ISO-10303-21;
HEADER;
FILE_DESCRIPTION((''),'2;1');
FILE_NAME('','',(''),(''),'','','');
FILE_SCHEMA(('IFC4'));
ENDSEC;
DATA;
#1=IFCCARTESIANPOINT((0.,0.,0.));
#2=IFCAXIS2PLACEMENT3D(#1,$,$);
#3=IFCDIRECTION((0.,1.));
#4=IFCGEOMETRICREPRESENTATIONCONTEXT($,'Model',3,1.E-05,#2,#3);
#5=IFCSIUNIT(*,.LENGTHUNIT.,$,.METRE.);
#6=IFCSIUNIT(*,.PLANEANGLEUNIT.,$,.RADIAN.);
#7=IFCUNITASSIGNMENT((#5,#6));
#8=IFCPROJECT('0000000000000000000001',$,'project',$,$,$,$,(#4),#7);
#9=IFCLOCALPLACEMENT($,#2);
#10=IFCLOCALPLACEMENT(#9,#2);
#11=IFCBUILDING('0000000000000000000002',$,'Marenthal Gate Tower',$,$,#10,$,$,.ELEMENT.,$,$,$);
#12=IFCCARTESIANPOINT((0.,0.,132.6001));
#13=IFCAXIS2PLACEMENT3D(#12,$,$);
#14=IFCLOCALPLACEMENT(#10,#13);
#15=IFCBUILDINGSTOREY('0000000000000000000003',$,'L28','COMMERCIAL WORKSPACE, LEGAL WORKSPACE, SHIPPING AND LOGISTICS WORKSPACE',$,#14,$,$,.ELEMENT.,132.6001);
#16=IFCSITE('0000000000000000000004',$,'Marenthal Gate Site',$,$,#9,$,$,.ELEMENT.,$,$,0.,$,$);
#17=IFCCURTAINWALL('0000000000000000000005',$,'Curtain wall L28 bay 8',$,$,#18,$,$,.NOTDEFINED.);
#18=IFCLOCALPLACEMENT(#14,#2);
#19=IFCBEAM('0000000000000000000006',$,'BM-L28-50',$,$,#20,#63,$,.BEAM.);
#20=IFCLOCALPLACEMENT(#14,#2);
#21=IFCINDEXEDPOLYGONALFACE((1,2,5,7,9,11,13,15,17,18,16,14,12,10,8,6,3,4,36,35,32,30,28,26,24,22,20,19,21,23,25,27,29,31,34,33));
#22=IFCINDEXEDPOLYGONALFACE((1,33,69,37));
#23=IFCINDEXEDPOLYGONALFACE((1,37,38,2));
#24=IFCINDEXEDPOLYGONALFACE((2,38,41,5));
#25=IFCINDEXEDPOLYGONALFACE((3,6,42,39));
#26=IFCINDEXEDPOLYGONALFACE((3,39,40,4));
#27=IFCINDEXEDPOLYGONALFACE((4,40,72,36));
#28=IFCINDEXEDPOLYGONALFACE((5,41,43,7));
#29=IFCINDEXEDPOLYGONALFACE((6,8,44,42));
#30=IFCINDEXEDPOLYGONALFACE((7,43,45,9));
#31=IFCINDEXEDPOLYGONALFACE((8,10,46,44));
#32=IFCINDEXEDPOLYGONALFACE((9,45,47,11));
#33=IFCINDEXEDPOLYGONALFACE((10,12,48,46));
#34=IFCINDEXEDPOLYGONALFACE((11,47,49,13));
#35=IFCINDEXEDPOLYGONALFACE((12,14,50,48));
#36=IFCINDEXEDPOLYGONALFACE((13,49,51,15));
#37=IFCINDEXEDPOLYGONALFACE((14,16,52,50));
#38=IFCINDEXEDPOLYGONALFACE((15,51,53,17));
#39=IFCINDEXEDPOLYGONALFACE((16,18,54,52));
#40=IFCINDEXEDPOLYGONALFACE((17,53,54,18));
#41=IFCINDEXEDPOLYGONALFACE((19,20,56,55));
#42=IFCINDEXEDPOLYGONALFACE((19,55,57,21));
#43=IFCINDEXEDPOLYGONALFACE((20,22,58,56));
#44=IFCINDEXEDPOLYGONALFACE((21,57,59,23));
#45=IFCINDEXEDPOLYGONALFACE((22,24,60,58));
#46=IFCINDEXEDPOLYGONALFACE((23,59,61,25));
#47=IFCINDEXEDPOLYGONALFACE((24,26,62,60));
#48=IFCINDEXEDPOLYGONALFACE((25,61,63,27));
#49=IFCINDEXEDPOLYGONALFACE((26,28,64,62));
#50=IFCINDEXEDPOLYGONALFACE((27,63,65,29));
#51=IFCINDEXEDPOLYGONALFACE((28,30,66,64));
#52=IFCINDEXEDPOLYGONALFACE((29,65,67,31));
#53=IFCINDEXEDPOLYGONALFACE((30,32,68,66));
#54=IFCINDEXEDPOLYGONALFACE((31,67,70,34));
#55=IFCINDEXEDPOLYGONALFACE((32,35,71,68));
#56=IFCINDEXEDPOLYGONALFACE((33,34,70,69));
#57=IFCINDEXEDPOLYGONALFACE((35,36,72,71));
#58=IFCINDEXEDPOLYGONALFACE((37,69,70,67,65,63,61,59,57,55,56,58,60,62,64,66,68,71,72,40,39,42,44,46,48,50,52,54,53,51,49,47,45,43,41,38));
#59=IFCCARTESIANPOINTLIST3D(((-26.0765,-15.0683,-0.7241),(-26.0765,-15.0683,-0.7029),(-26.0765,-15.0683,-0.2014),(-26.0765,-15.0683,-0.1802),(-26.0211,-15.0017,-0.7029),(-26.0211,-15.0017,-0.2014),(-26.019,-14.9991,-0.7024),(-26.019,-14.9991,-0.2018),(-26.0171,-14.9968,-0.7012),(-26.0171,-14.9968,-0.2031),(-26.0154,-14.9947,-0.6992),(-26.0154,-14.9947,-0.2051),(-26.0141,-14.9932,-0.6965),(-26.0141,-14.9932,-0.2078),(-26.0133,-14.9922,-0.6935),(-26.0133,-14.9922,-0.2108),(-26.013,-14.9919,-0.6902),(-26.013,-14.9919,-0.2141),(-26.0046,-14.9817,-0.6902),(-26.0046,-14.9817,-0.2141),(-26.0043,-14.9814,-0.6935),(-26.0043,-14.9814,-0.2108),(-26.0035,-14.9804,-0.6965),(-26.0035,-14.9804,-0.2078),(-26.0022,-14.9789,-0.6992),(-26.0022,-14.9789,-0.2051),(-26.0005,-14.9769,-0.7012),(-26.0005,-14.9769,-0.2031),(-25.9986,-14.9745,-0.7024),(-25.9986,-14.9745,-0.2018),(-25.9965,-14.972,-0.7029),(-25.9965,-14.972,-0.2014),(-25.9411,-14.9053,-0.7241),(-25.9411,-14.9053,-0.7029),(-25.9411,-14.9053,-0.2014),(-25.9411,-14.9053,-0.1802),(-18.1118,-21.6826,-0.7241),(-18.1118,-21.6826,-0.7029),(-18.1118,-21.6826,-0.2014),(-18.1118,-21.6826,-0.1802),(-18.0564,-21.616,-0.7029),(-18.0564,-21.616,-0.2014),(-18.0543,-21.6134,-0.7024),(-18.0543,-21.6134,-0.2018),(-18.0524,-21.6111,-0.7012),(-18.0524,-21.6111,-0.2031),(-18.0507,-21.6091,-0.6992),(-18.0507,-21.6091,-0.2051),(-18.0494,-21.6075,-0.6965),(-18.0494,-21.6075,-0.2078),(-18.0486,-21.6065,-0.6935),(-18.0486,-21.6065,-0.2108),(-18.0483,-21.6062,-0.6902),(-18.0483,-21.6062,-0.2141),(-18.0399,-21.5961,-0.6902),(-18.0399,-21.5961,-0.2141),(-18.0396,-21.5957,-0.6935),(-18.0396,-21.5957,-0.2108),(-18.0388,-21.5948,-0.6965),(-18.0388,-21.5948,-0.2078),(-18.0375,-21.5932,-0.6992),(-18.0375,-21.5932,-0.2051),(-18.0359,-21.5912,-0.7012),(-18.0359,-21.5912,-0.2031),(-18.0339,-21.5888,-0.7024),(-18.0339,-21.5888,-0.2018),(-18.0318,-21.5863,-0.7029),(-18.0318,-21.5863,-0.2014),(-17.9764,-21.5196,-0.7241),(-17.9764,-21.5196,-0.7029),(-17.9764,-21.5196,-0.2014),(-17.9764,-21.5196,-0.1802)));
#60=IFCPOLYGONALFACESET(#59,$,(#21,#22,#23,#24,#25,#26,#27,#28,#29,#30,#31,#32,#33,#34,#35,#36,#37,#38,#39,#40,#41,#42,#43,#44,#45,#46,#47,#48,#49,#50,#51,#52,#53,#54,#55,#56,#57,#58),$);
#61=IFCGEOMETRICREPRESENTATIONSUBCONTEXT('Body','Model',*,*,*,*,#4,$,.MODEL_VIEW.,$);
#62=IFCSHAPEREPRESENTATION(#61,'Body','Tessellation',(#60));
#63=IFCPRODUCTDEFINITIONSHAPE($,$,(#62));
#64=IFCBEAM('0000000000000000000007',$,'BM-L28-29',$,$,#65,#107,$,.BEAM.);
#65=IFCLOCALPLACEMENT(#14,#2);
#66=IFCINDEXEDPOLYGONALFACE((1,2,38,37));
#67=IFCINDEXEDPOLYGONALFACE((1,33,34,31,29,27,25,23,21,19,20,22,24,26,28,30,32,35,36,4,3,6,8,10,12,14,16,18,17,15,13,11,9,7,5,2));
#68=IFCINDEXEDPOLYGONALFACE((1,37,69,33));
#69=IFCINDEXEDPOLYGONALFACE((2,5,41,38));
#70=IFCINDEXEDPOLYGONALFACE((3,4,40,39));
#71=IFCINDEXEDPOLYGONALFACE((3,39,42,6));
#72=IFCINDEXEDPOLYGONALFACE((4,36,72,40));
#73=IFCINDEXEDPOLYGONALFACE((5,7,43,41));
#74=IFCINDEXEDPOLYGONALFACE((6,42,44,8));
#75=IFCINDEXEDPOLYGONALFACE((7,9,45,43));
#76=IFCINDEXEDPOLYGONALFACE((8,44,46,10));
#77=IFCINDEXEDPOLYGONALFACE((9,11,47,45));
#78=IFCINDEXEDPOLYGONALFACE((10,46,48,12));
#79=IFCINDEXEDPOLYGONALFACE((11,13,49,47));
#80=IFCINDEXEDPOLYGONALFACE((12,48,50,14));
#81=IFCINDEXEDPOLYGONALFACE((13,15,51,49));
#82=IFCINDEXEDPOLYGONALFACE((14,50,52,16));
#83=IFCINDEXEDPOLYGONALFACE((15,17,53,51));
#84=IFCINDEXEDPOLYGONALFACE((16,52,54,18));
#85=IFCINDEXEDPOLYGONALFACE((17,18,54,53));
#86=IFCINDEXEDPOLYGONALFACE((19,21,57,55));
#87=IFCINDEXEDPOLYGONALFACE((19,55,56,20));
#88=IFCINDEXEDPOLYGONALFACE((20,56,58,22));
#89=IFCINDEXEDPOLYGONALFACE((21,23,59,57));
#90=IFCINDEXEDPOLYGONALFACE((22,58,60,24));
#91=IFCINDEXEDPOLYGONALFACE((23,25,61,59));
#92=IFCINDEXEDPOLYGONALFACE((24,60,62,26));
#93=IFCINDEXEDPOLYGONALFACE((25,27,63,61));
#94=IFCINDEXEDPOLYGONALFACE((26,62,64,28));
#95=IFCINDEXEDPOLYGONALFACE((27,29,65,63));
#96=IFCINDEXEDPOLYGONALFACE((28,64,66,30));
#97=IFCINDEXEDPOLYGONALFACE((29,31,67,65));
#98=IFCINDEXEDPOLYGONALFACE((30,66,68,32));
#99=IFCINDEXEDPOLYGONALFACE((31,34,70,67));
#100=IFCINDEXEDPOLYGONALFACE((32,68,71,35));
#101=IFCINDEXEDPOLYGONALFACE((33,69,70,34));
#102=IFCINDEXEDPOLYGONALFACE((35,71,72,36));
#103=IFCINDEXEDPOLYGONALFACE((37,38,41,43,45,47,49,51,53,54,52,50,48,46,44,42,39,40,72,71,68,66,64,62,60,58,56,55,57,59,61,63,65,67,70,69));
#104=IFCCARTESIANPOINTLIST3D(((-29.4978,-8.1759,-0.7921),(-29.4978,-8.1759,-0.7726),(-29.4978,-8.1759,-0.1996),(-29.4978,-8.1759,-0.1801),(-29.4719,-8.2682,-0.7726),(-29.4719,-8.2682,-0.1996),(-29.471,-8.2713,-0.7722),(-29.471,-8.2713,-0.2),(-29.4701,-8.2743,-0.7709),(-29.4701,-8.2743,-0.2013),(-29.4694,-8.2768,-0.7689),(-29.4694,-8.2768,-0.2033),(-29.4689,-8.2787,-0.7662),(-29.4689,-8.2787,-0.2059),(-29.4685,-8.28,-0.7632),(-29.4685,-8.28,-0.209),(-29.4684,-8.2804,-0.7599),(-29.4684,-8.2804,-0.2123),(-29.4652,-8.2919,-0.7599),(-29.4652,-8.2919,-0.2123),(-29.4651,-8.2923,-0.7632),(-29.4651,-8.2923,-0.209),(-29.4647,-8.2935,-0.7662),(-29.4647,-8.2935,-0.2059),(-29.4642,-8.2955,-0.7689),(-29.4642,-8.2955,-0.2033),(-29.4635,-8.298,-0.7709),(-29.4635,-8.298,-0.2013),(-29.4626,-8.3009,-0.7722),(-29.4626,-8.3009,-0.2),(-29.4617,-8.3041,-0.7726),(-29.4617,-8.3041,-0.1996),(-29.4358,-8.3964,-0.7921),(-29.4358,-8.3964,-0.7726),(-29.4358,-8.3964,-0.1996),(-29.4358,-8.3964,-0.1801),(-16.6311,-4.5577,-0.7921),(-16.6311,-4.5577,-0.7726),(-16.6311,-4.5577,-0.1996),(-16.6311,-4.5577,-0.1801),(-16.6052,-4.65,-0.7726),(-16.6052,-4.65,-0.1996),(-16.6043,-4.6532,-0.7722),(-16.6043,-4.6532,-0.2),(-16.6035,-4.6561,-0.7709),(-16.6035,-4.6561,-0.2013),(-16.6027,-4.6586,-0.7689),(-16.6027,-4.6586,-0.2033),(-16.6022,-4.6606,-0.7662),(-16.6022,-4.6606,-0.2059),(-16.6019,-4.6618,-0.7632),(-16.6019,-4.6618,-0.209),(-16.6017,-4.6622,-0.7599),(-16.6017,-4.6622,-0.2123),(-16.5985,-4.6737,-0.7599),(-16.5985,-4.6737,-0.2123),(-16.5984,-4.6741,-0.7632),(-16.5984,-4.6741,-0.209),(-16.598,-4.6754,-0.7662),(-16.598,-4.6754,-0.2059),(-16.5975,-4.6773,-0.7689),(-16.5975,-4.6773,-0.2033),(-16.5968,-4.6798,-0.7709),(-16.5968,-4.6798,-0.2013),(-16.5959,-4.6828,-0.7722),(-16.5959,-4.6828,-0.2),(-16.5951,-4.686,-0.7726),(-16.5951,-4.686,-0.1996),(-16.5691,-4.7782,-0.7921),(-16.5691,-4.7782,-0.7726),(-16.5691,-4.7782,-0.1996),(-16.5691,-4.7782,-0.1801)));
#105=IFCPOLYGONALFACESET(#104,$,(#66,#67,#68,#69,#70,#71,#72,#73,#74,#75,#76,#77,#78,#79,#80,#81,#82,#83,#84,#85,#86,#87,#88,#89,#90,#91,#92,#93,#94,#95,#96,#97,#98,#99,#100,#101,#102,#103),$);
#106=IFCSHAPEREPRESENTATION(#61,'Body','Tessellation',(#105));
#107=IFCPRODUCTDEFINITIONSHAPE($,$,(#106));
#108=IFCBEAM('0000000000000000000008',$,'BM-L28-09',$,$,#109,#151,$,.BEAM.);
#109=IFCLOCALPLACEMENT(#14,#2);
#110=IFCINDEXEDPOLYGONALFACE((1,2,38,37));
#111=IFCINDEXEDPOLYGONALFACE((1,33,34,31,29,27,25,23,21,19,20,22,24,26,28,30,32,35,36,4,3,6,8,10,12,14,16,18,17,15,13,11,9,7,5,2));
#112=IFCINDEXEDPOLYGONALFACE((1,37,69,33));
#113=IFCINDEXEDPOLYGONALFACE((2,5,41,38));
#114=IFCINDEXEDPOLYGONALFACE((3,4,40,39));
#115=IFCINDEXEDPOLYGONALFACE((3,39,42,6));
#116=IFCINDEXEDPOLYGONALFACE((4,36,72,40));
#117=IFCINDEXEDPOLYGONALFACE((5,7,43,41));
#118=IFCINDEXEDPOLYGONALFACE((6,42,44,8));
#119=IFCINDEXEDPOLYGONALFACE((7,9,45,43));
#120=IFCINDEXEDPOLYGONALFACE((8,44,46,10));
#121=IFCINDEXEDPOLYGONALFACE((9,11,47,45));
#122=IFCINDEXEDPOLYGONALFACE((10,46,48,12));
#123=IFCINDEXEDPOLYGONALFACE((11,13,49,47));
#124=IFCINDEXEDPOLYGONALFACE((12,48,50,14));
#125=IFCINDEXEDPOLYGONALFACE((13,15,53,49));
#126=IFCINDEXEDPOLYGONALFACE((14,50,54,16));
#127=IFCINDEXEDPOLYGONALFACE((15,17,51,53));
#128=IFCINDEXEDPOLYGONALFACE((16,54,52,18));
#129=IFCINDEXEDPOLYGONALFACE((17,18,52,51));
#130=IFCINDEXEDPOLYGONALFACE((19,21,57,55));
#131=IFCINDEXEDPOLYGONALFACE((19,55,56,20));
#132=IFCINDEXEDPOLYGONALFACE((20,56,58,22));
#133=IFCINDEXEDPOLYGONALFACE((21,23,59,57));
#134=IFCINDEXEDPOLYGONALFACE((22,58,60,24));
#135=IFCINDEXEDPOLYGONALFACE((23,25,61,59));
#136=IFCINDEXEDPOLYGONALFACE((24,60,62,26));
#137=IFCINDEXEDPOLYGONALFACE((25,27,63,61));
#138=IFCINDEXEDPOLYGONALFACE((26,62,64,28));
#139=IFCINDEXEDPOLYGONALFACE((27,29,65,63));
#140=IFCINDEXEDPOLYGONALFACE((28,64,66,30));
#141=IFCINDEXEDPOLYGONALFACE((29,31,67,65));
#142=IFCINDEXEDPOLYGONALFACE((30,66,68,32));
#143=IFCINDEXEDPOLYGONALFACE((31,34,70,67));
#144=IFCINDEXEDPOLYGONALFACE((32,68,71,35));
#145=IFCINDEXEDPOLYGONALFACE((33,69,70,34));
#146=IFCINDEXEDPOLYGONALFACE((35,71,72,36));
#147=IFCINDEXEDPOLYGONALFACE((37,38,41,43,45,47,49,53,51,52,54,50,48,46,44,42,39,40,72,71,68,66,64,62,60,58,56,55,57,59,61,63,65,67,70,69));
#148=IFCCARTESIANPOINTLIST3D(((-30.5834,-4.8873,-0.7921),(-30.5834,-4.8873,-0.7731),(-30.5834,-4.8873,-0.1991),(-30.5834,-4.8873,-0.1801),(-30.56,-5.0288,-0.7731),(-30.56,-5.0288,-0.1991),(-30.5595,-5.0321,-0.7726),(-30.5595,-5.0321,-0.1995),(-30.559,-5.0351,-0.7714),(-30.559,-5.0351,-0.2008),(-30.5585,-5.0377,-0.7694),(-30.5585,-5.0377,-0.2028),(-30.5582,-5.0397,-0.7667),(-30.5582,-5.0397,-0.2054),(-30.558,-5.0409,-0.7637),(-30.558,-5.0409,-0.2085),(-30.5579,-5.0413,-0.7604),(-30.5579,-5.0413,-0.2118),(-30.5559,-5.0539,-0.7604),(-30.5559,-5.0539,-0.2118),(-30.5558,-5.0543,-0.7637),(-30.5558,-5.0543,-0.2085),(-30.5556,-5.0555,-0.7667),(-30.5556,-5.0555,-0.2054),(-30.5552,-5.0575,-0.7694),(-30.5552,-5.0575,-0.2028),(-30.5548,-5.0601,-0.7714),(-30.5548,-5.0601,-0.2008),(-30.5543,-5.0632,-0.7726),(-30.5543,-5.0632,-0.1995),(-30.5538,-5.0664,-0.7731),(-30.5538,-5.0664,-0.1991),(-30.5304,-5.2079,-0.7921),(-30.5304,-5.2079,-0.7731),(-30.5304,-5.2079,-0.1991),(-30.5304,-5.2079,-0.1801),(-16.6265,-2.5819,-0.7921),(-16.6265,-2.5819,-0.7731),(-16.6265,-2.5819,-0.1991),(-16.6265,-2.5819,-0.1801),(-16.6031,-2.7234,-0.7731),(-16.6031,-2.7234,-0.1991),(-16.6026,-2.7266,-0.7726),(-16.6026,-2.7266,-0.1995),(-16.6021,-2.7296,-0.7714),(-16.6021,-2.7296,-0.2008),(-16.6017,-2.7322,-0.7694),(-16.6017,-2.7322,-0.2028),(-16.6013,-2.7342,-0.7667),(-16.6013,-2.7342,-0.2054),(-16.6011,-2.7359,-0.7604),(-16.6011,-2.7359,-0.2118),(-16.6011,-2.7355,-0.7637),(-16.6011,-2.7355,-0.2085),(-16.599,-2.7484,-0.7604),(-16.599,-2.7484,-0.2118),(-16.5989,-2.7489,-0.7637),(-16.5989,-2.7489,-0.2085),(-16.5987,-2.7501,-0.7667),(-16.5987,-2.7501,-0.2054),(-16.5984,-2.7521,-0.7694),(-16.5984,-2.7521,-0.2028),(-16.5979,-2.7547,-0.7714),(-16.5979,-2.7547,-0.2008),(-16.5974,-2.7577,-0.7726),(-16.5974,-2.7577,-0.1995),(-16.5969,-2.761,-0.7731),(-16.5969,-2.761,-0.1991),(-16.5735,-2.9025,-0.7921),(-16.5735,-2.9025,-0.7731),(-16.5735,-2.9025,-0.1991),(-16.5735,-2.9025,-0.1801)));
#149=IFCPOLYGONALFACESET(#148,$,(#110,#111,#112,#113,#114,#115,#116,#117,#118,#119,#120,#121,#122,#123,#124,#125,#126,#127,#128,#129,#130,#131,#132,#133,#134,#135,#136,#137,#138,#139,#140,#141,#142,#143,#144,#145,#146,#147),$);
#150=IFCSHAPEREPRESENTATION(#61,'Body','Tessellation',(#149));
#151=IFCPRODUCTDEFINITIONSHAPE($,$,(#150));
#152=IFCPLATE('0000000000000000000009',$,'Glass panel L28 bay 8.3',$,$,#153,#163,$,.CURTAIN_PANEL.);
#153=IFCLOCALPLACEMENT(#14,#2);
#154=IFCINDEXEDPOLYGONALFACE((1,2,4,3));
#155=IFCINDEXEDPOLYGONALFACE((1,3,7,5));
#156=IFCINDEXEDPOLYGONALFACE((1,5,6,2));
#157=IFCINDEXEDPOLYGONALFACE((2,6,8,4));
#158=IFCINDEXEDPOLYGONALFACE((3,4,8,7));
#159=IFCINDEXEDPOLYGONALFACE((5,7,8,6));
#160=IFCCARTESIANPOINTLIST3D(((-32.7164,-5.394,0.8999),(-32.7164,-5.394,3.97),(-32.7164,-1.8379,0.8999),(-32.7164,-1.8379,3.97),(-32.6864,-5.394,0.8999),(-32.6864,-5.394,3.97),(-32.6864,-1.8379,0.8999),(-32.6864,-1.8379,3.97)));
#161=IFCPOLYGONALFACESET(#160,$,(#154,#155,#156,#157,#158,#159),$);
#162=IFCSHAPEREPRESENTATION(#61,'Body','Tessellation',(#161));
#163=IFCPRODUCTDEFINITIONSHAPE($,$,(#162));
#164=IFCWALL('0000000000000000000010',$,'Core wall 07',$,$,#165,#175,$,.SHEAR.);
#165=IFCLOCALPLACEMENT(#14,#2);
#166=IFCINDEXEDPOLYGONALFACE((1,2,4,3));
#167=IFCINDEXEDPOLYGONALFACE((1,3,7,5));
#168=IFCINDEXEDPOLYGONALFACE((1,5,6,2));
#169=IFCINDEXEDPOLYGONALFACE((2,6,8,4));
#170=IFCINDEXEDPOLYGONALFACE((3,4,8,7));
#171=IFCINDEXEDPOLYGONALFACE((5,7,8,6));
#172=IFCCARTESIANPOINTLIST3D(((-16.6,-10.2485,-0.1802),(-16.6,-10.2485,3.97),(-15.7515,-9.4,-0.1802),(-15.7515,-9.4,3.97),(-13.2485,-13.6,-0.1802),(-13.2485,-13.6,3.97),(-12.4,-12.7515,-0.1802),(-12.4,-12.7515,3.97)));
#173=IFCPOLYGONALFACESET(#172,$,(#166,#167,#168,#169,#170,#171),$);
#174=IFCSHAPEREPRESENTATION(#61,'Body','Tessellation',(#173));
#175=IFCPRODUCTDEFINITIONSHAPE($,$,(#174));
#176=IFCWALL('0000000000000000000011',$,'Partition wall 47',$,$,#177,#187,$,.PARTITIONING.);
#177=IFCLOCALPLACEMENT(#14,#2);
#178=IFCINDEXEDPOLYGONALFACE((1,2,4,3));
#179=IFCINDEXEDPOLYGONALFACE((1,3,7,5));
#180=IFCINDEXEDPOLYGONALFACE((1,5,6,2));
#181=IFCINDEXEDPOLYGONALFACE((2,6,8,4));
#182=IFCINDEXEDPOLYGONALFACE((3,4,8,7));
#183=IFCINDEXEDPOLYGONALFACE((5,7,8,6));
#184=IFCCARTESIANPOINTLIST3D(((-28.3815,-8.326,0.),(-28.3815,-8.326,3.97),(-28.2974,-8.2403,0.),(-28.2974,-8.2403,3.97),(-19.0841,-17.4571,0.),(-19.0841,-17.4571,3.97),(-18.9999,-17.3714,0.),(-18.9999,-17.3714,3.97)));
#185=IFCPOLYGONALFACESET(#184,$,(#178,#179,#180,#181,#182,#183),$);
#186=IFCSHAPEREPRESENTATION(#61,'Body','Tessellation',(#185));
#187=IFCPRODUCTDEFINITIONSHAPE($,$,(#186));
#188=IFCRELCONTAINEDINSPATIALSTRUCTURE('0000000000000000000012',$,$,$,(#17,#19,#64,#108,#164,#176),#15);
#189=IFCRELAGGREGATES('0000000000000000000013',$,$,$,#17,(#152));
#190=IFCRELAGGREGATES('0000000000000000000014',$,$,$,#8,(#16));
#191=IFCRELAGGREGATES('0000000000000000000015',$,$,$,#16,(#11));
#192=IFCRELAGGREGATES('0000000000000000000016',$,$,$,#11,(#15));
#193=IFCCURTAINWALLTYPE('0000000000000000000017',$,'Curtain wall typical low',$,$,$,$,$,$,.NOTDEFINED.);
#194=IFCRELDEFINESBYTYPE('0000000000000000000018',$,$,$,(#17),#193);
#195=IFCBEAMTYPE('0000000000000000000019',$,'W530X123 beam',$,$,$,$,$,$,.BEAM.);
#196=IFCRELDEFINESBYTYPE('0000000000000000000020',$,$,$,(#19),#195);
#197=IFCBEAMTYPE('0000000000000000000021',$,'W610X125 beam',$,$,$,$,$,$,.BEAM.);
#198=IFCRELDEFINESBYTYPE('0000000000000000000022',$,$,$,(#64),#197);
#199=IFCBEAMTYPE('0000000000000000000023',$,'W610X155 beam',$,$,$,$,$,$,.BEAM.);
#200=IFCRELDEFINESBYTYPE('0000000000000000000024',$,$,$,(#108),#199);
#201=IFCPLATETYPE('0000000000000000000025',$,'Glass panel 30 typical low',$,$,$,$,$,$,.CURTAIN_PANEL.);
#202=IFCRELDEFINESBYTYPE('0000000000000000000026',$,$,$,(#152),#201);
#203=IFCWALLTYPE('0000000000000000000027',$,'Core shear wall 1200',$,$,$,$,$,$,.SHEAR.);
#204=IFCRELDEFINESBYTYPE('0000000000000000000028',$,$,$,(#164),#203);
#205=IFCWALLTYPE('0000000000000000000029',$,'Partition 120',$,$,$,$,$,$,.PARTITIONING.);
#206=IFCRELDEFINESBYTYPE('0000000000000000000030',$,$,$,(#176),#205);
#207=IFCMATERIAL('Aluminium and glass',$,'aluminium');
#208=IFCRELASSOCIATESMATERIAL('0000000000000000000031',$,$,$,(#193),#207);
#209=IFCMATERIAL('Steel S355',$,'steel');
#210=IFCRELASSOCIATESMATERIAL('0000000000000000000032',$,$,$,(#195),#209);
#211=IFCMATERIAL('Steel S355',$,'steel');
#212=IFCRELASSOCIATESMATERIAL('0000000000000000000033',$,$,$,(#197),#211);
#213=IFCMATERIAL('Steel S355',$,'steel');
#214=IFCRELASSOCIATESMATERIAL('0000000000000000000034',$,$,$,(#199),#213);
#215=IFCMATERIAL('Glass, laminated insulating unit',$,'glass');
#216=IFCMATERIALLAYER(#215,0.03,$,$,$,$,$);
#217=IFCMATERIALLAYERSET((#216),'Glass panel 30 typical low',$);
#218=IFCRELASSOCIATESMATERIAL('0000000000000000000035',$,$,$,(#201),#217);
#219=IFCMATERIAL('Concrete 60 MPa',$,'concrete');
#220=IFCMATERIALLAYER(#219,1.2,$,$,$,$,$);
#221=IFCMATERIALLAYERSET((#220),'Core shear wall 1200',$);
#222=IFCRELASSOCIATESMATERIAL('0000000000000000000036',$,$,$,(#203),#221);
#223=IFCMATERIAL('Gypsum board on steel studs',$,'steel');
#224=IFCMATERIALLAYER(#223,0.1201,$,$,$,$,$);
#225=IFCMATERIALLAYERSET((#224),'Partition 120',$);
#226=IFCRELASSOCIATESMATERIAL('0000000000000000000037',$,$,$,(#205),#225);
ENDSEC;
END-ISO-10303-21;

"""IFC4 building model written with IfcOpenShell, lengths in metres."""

from ifc_helpers import new_model, si_unit, direction, frame, frame_2d, origin, origin_2d, place, context, subcontext, project, spatial, rectangle, i_section, extrude, material, layer, layer_set, material_profile, profile_set, type_object, element, aggregate, save


model = new_model("IFC4")

# Units and contexts
model_context = context("Model", 3, precision=1e-05, world=origin(), true_north=direction((0.0, 1.0)))
body_context = subcontext(model_context, "Body", "Model", "MODEL_VIEW")
ifc_project = project(units=[si_unit("LENGTHUNIT", "METRE"), si_unit("PLANEANGLEUNIT", "RADIAN")], contexts=[model_context])

# Site, building, storey
site_placement = place(None, origin())
site = spatial("IfcSite", under=ifc_project, at=site_placement, Name="Marenthal Gate Site", CompositionType="ELEMENT", RefElevation=0.0)
building_placement = place(site_placement, origin())
building = spatial("IfcBuilding", under=site, at=building_placement, Name="Marenthal Gate Tower", CompositionType="ELEMENT")
storey_placement = place(building_placement, frame((0.0, 0.0, 132.6001)))
storey = spatial("IfcBuildingStorey", under=building, at=storey_placement, Name="L28", Description="COMMERCIAL WORKSPACE, LEGAL WORKSPACE, SHIPPING AND LOGISTICS WORKSPACE", CompositionType="ELEMENT", Elevation=132.6001)

# Curtain wall
ifc_material_1 = material(Name="Aluminium and glass", Category="aluminium")
curtain_wall_type = type_object("IfcCurtainWallType", Name="Curtain wall typical low", PredefinedType="NOTDEFINED", material=ifc_material_1)
curtain_wall_placement = place(storey_placement, origin())
curtain_wall = element("IfcCurtainWall", 1, at=curtain_wall_placement, inside=storey, type_object=curtain_wall_type, Name="Curtain wall L28 bay 8", PredefinedType="NOTDEFINED")

# Beams
ifc_material_2 = material(Name="Steel S355", Category="steel")
ifc_material_profile_1 = material_profile(ifc_material_2, i_section(OverallWidth=0.2119, OverallDepth=0.5439, WebThickness=0.0132, FlangeThickness=0.0212, FilletRadius=0.0127, at=origin_2d()), Name="W530X123")
ifc_profile_set_1 = profile_set([ifc_material_profile_1], Name="Steel S355")
beam_type_1 = type_object("IfcBeamType", Name="W530X123 beam", PredefinedType="BEAM", material=ifc_profile_set_1)
beam_1_placement = place(storey_placement, frame((-26.0088, -14.9868, -0.4521), z_axis=(0.769308, -0.638878, 0.0), x_axis=(0.638878, 0.769308, 0.0)))
element("IfcBeam", 2, at=beam_1_placement, inside=storey, type_object=beam_type_1, Name="BM-L28-50", PredefinedType="BEAM", context=body_context, shape_type="SweptSolid", body=[
    extrude(i_section(OverallWidth=0.2119, OverallDepth=0.5439, WebThickness=0.0132, FlangeThickness=0.0212, FilletRadius=0.0127, at=origin_2d()), origin(), (0.0, 0.0, 1.0), 10.353),
])
ifc_material_3 = material(Name="Steel S355", Category="steel")
ifc_material_profile_2 = material_profile(ifc_material_3, i_section(OverallWidth=0.229, OverallDepth=0.6121, WebThickness=0.012, FlangeThickness=0.0195, FilletRadius=0.0127, at=origin_2d()), Name="W610X125")
ifc_profile_set_2 = profile_set([ifc_material_profile_2], Name="Steel S355")
beam_type_2 = type_object("IfcBeamType", Name="W610X125 beam", PredefinedType="BEAM", material=ifc_profile_set_2)
beam_2_placement = place(storey_placement, frame((-29.4668, -8.2861, -0.4861), z_axis=(0.962663, 0.270704, 0.0), x_axis=(-0.270704, 0.962663, 0.0)))
element("IfcBeam", 3, at=beam_2_placement, inside=storey, type_object=beam_type_2, Name="BM-L28-29", PredefinedType="BEAM", context=body_context, shape_type="SweptSolid", body=[
    extrude(i_section(OverallWidth=0.229, OverallDepth=0.6121, WebThickness=0.012, FlangeThickness=0.0195, FilletRadius=0.0127, at=origin_2d()), origin(), (0.0, 0.0, 1.0), 13.3657),
])
ifc_material_4 = material(Name="Steel S355", Category="steel")
ifc_material_profile_3 = material_profile(ifc_material_4, i_section(OverallWidth=0.325, OverallDepth=0.6121, WebThickness=0.0127, FlangeThickness=0.019, FilletRadius=0.0127, at=origin_2d()), Name="W610X155")
ifc_profile_set_3 = profile_set([ifc_material_profile_3], Name="Steel S355")
beam_type_3 = type_object("IfcBeamType", Name="W610X155 beam", PredefinedType="BEAM", material=ifc_profile_set_3)
beam_3_placement = place(storey_placement, frame((-30.5569, -5.0476, -0.4861), z_axis=(0.98663, 0.162974, 0.0), x_axis=(-0.162974, 0.98663, 0.0)))
element("IfcBeam", 4, at=beam_3_placement, inside=storey, type_object=beam_type_3, Name="BM-L28-09", PredefinedType="BEAM", context=body_context, shape_type="SweptSolid", body=[
    extrude(i_section(OverallWidth=0.325, OverallDepth=0.6121, WebThickness=0.0127, FlangeThickness=0.019, FilletRadius=0.0127, at=origin_2d()), origin(), (0.0, 0.0, 1.0), 14.146),
])

# Plate
ifc_material_5 = material(Name="Glass, laminated insulating unit", Category="glass")
ifc_layer_1 = layer(ifc_material_5, 0.03)
ifc_layer_set_1 = layer_set([ifc_layer_1], Name="Glass panel 30 typical low")
plate_type = type_object("IfcPlateType", Name="Glass panel 30 typical low", PredefinedType="CURTAIN_PANEL", material=ifc_layer_set_1)
plate_placement = place(storey_placement, frame((-32.7014, -3.616, 0.8999), z_axis=(0.0, 0.0, 1.0), x_axis=(0.0, -1.0, 0.0)))
plate = element("IfcPlate", 5, at=plate_placement, type_object=plate_type, Name="Glass panel L28 bay 8.3", PredefinedType="CURTAIN_PANEL", context=body_context, shape_type="SweptSolid", body=[
    extrude(rectangle(XDim=3.5562, YDim=0.03, at=origin_2d()), origin(), (0.0, 0.0, 1.0), 3.0701),
])
aggregate(curtain_wall, [plate])

# Walls
ifc_material_6 = material(Name="Concrete 60 MPa", Category="concrete")
ifc_layer_2 = layer(ifc_material_6, 1.2)
ifc_layer_set_2 = layer_set([ifc_layer_2], Name="Core shear wall 1200")
wall_type_1 = type_object("IfcWallType", Name="Core shear wall 1200", PredefinedType="SHEAR", material=ifc_layer_set_2)
wall_1_placement = place(storey_placement, frame((-16.1758, -9.8242, -0.1802), z_axis=(0.0, 0.0, 1.0), x_axis=(0.707107, -0.707107, 0.0)))
element("IfcWall", 6, at=wall_1_placement, inside=storey, type_object=wall_type_1, Name="Core wall 07", PredefinedType="SHEAR", context=body_context, shape_type="SweptSolid", body=[
    extrude(rectangle(XDim=4.7397, YDim=1.2, at=frame_2d((2.3699, 0.0))), origin(), (0.0, 0.0, 1.0), 4.1501),
])
ifc_material_7 = material(Name="Gypsum board on steel studs", Category="steel")
ifc_layer_3 = layer(ifc_material_7, 0.1201)
ifc_layer_set_3 = layer_set([ifc_layer_3], Name="Partition 120")
wall_type_2 = type_object("IfcWallType", Name="Partition 120", PredefinedType="PARTITIONING", material=ifc_layer_set_3)
wall_2_placement = place(storey_placement, frame((-28.3394, -8.2832, 0.0), z_axis=(0.0, 0.0, 1.0), x_axis=(0.713457, -0.700699, 0.0)))
element("IfcWall", 7, at=wall_2_placement, inside=storey, type_object=wall_type_2, Name="Partition wall 47", PredefinedType="PARTITIONING", context=body_context, shape_type="SweptSolid", body=[
    extrude(rectangle(XDim=13.0315, YDim=0.1201, at=frame_2d((6.5156, 0.0))), origin(), (0.0, 0.0, 1.0), 3.97),
])

save(model, "model.ifc")
